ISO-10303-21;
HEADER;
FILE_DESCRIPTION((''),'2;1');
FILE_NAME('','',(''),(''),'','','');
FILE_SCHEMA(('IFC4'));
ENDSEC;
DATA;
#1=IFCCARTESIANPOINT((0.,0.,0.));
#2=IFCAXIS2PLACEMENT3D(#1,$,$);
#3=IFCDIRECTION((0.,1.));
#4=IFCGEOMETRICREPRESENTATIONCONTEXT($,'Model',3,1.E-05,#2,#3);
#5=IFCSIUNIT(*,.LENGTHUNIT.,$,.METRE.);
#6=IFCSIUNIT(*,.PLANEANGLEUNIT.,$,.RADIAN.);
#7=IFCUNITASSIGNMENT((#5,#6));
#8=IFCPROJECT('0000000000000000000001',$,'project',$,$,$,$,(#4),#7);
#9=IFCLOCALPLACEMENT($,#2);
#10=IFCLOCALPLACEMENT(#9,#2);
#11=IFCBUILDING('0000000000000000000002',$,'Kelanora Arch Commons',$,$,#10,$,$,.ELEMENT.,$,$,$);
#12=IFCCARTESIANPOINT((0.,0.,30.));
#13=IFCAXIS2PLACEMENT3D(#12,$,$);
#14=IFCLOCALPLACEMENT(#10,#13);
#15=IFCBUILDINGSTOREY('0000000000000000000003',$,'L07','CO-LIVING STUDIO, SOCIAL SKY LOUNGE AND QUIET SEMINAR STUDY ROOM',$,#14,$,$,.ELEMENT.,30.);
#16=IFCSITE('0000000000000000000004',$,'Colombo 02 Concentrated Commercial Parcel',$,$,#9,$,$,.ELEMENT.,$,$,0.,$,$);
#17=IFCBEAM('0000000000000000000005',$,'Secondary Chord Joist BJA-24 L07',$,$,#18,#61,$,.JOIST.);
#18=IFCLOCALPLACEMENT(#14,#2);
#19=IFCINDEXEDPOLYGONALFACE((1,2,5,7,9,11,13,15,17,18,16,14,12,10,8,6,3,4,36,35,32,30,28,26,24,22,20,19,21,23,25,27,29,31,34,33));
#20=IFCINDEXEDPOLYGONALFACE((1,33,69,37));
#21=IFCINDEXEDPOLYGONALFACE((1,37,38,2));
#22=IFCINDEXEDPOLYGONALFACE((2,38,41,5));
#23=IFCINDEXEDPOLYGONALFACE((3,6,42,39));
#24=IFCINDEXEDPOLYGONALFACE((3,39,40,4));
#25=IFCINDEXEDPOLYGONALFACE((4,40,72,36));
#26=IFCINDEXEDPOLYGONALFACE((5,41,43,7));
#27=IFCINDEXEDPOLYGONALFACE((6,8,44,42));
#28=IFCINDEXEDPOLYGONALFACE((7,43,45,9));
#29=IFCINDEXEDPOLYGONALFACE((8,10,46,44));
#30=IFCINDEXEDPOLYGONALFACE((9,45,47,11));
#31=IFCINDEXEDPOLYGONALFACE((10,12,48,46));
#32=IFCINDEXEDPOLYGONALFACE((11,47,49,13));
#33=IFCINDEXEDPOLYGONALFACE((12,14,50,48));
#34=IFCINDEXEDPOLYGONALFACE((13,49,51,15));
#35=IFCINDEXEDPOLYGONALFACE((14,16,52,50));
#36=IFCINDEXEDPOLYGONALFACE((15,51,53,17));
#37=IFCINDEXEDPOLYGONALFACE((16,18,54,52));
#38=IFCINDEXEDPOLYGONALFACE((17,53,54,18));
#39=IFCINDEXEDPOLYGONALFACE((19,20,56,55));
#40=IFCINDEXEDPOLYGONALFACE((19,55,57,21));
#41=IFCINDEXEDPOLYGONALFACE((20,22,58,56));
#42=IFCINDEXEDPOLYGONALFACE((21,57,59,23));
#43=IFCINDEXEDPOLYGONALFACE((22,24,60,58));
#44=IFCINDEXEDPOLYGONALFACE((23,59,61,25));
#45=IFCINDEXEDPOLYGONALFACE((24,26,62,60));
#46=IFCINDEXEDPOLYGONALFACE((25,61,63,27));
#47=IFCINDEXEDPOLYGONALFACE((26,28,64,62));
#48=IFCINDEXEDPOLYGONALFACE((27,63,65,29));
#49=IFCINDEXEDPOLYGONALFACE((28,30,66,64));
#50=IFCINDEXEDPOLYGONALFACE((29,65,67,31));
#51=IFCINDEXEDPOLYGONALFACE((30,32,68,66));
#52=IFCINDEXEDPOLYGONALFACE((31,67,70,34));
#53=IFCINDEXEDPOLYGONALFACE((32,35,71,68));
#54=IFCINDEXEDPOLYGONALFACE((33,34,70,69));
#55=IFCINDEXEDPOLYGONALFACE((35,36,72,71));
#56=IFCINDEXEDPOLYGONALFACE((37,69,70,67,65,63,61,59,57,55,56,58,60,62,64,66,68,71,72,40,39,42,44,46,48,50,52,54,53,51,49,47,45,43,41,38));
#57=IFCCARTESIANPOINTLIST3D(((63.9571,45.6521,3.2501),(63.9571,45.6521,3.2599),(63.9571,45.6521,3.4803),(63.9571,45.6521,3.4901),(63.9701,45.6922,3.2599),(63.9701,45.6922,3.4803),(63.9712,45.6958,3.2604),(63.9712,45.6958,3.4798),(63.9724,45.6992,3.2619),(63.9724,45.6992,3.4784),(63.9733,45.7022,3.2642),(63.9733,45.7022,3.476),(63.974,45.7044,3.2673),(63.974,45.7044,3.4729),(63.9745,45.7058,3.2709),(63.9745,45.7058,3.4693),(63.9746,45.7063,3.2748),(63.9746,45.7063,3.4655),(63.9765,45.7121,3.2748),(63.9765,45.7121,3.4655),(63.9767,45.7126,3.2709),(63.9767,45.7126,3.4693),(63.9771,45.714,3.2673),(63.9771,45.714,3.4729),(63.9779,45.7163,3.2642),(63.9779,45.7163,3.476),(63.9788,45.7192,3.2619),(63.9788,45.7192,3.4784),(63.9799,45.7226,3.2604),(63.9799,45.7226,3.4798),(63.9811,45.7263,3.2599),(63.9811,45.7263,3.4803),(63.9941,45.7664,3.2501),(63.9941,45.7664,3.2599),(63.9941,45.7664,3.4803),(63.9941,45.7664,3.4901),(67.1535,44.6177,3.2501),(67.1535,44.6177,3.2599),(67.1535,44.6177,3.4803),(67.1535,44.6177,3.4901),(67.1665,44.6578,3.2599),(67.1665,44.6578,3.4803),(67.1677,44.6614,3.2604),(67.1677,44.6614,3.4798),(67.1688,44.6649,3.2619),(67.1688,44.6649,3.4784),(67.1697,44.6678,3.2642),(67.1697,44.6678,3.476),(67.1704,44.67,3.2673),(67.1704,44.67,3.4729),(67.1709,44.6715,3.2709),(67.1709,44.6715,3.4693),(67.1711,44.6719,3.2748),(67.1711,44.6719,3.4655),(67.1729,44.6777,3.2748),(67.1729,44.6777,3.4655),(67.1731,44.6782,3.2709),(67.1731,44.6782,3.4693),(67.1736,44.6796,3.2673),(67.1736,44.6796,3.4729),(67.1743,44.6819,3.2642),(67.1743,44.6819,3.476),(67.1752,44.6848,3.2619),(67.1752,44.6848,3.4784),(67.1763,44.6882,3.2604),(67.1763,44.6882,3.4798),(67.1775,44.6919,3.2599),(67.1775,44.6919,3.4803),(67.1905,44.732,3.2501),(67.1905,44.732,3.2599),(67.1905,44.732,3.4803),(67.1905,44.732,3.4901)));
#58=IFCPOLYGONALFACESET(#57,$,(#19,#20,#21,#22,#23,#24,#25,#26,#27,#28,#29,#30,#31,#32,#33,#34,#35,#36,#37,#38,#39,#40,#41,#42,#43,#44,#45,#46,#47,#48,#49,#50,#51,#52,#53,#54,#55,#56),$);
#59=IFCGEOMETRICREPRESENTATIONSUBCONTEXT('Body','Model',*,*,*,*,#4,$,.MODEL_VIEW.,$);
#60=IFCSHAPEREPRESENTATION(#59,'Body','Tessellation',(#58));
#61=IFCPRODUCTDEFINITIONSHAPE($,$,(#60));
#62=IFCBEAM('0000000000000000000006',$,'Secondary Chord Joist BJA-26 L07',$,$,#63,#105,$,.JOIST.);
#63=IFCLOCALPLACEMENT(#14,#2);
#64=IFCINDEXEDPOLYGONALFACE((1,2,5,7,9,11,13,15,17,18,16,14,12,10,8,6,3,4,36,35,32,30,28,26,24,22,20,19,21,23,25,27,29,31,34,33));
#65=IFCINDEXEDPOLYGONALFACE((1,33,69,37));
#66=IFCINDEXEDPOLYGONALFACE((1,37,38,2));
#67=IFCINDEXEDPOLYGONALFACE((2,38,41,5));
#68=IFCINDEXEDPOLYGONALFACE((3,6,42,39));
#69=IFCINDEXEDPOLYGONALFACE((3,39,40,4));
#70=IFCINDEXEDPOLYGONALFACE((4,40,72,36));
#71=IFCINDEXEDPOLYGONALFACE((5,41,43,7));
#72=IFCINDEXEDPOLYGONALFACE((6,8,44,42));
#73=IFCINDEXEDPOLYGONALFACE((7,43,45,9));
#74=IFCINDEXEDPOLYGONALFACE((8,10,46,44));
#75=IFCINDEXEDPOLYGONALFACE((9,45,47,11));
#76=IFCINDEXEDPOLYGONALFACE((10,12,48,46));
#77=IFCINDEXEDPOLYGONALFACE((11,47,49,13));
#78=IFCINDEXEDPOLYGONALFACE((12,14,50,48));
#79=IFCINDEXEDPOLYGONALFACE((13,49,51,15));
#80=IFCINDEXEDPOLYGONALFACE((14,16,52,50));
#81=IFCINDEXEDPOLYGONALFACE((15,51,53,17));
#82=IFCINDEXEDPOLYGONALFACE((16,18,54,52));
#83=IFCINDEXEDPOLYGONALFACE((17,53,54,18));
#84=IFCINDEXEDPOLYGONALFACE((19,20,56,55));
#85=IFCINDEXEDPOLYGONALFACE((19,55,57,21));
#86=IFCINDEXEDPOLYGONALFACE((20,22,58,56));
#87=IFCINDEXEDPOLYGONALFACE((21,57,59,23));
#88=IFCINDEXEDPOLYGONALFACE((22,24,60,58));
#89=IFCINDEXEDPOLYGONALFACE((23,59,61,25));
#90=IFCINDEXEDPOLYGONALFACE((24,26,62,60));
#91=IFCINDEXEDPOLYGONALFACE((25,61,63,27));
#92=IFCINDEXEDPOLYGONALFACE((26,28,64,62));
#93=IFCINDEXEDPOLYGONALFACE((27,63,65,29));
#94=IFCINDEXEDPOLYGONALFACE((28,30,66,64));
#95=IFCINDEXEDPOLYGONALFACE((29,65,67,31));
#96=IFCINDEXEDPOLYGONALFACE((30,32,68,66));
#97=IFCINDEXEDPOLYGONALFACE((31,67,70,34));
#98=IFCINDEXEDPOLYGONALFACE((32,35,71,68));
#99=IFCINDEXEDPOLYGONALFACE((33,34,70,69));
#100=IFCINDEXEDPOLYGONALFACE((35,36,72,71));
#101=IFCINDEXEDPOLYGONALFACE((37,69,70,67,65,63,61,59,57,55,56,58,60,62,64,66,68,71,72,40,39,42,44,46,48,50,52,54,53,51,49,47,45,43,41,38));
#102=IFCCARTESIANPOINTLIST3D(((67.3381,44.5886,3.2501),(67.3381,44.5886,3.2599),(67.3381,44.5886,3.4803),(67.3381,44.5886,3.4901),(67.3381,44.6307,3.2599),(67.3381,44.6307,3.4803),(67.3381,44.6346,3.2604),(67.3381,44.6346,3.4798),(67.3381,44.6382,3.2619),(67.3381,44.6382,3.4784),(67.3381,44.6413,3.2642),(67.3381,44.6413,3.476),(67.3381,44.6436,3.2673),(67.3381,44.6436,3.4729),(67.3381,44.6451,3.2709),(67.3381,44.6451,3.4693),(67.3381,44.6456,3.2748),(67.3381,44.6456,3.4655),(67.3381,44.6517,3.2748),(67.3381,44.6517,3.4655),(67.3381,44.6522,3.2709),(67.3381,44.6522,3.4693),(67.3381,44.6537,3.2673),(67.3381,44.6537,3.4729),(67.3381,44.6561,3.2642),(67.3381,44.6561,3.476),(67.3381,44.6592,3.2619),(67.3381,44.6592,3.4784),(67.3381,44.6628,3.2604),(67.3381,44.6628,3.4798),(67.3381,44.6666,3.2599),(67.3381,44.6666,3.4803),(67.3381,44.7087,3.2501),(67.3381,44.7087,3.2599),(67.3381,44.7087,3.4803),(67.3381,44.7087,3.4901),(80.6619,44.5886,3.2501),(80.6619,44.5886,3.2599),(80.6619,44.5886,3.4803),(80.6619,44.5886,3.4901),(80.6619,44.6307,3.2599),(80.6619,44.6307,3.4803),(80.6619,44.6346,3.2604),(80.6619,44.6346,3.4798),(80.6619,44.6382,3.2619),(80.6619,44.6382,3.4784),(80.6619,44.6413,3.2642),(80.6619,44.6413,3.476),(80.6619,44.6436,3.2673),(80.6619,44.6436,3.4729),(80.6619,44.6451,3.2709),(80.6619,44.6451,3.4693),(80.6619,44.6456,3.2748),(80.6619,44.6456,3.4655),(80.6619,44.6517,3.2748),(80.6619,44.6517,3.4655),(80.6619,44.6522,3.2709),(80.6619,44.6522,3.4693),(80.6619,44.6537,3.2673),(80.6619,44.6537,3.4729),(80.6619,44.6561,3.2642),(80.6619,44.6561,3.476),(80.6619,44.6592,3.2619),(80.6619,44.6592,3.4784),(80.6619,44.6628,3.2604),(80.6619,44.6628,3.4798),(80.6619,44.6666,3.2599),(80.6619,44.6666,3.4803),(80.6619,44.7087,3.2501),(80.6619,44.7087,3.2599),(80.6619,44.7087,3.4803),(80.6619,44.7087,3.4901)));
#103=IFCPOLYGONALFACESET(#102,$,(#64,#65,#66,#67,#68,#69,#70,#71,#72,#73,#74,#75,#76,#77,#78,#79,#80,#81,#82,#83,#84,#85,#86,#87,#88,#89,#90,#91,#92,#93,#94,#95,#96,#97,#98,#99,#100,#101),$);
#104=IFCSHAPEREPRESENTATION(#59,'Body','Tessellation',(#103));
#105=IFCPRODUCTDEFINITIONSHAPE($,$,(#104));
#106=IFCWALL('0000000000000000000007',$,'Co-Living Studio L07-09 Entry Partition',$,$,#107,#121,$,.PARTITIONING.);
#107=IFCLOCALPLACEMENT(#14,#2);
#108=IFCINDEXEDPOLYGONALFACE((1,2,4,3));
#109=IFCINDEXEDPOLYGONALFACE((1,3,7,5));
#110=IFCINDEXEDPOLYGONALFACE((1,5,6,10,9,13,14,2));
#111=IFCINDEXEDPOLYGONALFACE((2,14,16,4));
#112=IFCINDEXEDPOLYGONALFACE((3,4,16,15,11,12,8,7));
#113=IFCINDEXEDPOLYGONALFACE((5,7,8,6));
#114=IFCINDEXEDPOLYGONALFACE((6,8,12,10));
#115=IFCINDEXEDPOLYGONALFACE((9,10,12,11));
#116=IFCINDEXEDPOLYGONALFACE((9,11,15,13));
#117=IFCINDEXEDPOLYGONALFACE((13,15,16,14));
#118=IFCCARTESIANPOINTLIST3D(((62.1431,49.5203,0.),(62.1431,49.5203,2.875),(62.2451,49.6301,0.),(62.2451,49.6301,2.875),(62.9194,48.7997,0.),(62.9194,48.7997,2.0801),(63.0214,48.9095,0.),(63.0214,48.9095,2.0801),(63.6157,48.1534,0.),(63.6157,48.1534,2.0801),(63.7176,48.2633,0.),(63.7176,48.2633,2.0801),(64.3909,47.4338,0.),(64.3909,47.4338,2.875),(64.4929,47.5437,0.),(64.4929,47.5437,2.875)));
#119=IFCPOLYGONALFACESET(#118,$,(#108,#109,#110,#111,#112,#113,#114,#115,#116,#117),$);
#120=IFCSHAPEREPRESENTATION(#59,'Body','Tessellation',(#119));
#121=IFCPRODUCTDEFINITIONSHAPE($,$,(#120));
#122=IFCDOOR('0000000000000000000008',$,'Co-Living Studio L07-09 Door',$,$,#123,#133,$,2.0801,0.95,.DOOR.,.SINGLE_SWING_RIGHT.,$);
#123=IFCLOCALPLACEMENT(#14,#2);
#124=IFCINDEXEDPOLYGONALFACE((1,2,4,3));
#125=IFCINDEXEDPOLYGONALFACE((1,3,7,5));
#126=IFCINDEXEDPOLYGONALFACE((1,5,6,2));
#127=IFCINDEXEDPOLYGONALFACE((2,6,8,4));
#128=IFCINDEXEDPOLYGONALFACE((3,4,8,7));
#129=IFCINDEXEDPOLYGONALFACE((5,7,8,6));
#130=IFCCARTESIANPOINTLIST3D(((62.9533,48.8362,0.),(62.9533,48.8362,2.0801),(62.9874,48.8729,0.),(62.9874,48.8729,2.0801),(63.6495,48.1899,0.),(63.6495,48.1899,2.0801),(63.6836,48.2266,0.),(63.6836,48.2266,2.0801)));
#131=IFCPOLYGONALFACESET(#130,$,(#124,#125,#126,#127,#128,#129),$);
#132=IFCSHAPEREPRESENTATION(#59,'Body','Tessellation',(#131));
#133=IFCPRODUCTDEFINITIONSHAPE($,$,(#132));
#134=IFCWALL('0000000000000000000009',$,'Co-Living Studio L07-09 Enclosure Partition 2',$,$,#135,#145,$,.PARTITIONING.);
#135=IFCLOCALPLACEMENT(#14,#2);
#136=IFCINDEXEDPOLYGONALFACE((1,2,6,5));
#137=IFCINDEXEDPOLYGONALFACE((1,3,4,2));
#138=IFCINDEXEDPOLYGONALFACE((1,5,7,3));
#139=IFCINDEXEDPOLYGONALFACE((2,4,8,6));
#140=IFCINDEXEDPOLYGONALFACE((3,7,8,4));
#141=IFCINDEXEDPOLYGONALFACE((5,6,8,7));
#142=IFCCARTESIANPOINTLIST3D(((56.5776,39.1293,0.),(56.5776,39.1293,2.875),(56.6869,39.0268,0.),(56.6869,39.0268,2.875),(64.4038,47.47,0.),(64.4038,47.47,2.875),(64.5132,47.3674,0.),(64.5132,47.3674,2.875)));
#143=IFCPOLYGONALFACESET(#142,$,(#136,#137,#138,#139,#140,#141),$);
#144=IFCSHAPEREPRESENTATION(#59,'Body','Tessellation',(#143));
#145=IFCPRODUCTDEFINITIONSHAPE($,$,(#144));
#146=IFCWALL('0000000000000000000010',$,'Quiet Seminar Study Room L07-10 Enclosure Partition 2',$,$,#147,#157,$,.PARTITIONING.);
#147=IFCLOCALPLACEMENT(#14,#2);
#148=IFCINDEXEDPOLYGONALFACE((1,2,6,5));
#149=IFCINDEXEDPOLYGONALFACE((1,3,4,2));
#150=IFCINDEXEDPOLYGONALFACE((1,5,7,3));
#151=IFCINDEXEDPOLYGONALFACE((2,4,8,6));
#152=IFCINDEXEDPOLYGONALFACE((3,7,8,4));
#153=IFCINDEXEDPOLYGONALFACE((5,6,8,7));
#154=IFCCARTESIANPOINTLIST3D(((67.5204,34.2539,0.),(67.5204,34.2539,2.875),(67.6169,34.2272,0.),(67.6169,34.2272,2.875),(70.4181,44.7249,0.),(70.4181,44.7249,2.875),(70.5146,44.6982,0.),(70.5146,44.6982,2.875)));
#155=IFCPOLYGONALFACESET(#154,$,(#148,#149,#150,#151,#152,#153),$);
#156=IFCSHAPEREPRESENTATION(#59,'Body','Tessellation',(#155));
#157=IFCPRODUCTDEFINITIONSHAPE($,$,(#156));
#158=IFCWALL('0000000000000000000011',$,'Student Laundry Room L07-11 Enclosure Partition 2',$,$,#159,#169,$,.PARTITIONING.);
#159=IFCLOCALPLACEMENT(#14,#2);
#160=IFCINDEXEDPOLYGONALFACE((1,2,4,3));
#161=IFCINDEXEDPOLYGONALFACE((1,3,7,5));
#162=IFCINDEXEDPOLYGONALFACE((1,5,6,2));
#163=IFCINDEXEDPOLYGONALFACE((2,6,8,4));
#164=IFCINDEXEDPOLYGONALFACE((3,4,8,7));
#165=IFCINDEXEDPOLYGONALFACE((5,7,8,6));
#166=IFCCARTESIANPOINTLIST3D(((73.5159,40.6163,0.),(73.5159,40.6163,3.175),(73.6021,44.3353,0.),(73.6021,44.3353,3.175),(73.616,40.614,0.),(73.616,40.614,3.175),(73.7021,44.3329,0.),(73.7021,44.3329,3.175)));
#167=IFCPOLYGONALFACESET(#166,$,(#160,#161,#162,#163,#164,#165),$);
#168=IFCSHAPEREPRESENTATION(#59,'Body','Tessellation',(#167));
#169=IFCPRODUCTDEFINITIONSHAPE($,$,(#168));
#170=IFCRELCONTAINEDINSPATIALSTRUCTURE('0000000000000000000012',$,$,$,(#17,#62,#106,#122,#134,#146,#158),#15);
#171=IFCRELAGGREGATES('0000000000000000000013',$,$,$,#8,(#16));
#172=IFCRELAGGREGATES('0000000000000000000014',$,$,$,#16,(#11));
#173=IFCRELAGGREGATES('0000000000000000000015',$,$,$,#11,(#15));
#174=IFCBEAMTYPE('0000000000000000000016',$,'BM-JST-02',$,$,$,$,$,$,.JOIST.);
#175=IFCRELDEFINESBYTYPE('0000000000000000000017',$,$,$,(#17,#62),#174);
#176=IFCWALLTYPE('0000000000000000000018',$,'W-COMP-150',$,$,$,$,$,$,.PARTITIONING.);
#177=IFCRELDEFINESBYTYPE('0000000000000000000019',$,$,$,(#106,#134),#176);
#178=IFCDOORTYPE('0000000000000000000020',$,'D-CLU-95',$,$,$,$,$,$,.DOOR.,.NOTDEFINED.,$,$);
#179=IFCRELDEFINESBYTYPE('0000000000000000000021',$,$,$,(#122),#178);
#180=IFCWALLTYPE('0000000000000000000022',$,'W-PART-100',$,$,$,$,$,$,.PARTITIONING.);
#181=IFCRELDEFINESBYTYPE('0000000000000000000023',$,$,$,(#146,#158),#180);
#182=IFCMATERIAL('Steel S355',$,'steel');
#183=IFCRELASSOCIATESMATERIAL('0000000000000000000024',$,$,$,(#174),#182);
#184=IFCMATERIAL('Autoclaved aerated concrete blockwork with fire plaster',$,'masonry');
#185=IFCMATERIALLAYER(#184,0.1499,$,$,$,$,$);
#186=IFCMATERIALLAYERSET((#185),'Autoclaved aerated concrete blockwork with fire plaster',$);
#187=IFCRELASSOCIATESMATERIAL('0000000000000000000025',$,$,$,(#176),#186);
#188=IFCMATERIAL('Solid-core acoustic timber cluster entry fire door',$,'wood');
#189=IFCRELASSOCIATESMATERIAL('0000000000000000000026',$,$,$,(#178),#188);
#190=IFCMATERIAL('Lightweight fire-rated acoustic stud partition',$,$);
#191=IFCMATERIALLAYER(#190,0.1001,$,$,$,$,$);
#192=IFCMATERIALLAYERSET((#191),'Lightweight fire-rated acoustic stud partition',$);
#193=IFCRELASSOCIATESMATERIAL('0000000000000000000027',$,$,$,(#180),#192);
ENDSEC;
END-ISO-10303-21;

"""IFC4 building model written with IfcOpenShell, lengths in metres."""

from ifc_helpers import new_model, si_unit, direction, frame, frame_2d, origin, origin_2d, place, context, subcontext, project, spatial, rectangle, i_section, extrude, material, layer, layer_set, material_profile, profile_set, type_object, element, fill, save


model = new_model("IFC4")

# Units and contexts
model_context = context("Model", 3, precision=1e-05, world=origin(), true_north=direction((0.0, 1.0)))
body_context = subcontext(model_context, "Body", "Model", "MODEL_VIEW")
ifc_project = project(units=[si_unit("LENGTHUNIT", "METRE"), si_unit("PLANEANGLEUNIT", "RADIAN")], contexts=[model_context])

# Site, building, storey
site_placement = place(None, origin())
site = spatial("IfcSite", under=ifc_project, at=site_placement, Name="Colombo 02 Concentrated Commercial Parcel", CompositionType="ELEMENT", RefElevation=0.0)
building_placement = place(site_placement, origin())
building = spatial("IfcBuilding", under=site, at=building_placement, Name="Kelanora Arch Commons", CompositionType="ELEMENT")
storey_placement = place(building_placement, frame((0.0, 0.0, 30.0)))
storey = spatial("IfcBuildingStorey", under=building, at=storey_placement, Name="L07", Description="CO-LIVING STUDIO, SOCIAL SKY LOUNGE AND QUIET SEMINAR STUDY ROOM", CompositionType="ELEMENT", Elevation=30.0)

# Beams
ifc_material_1 = material(Name="Steel S355", Category="steel")
ifc_material_profile_1 = material_profile(ifc_material_1, i_section(OverallWidth=0.1201, OverallDepth=0.24, WebThickness=0.0061, FlangeThickness=0.0098, FilletRadius=0.0149, at=origin_2d()), Name="IPE240")
ifc_profile_set_1 = profile_set([ifc_material_profile_1], Name="Steel S355")
beam_type_1 = type_object("IfcBeamType", Name="BM-JST-02", PredefinedType="JOIST", material=ifc_profile_set_1)
beam_1_placement = place(storey_placement, frame((63.9756, 45.7092, 3.3701), z_axis=(0.951423, -0.307888, 0.0), x_axis=(0.307888, 0.951423, 0.0)))
element("IfcBeam", 1, at=beam_1_placement, inside=storey, type_object=beam_type_1, Name="Secondary Chord Joist BJA-24 L07", PredefinedType="JOIST", context=body_context, shape_type="SweptSolid", body=[
    extrude(i_section(OverallWidth=0.1201, OverallDepth=0.24, WebThickness=0.0061, FlangeThickness=0.0098, FilletRadius=0.0149, at=origin_2d()), origin(), (0.0, 0.0, 1.0), 3.3596),
])
beam_2_placement = place(storey_placement, frame((67.3381, 44.6487, 3.3701), z_axis=(1.0, 0.0, 0.0), x_axis=(0.0, 1.0, 0.0)))
element("IfcBeam", 2, at=beam_2_placement, inside=storey, type_object=beam_type_1, Name="Secondary Chord Joist BJA-26 L07", PredefinedType="JOIST", context=body_context, shape_type="SweptSolid", body=[
    extrude(i_section(OverallWidth=0.1201, OverallDepth=0.24, WebThickness=0.0061, FlangeThickness=0.0098, FilletRadius=0.0149, at=origin_2d()), origin(), (0.0, 0.0, 1.0), 13.3237),
])

# Wall, opening, door
ifc_material_2 = material(Name="Autoclaved aerated concrete blockwork with fire plaster", Category="masonry")
ifc_layer_1 = layer(ifc_material_2, 0.1499)
ifc_layer_set_1 = layer_set([ifc_layer_1], Name="Autoclaved aerated concrete blockwork with fire plaster")
wall_type_1 = type_object("IfcWallType", Name="W-COMP-150", PredefinedType="PARTITIONING", material=ifc_layer_set_1)
wall_1_placement = place(storey_placement, frame((62.1941, 49.5752, 0.0), z_axis=(0.0, 0.0, 1.0), x_axis=(0.732927, -0.680308, 0.0)))
wall_1 = element("IfcWall", 3, at=wall_1_placement, inside=storey, type_object=wall_type_1, Name="Co-Living Studio L07-09 Entry Partition", PredefinedType="PARTITIONING", context=body_context, shape_type="SweptSolid", body=[
    extrude(rectangle(XDim=3.0669, YDim=0.1499, at=frame_2d((1.5334, 0.0))), origin(), (0.0, 0.0, 1.0), 2.875),
])
opening_1_placement = place(wall_1_placement, frame((1.0591, 0.0, 0.0)))
opening_1 = element("IfcOpeningElement", 4, at=opening_1_placement, cuts=wall_1, PredefinedType="OPENING", context=body_context, shape_type="SweptSolid", body=[
    extrude(rectangle(XDim=0.95, YDim=2.0801, at=frame_2d((0.4751, 1.04))), frame((0.0, 0.085, 0.0), z_axis=(0.0, -1.0, 0.0), x_axis=(1.0, 0.0, 0.0)), (0.0, 0.0, 1.0), 0.1699),
])
ifc_material_3 = material(Name="Solid-core acoustic timber cluster entry fire door", Category="wood")
door_type_1 = type_object("IfcDoorType", Name="D-CLU-95", OperationType="NOTDEFINED", PredefinedType="DOOR", material=ifc_material_3)
door_1_placement = place(opening_1_placement, origin())
door_1 = element("IfcDoor", 5, at=door_1_placement, inside=storey, type_object=door_type_1, Name="Co-Living Studio L07-09 Door", OperationType="SINGLE_SWING_RIGHT", OverallHeight=2.0801, OverallWidth=0.95, PredefinedType="DOOR", context=body_context, shape_type="SweptSolid", body=[
    extrude(rectangle(XDim=0.95, YDim=2.0801, at=frame_2d((0.4751, 1.04))), frame((0.0, 0.0249, 0.0), z_axis=(0.0, -1.0, 0.0), x_axis=(1.0, 0.0, 0.0)), (0.0, 0.0, 1.0), 0.05),
])
fill(opening_1, door_1)

# Walls
wall_2_placement = place(storey_placement, frame((64.4585, 47.4187, 0.0), z_axis=(0.0, 0.0, 1.0), x_axis=(-0.684261, -0.729237, 0.0)))
element("IfcWall", 6, at=wall_2_placement, inside=storey, type_object=wall_type_1, Name="Co-Living Studio L07-09 Enclosure Partition 2", PredefinedType="PARTITIONING", context=body_context, shape_type="SweptSolid", body=[
    extrude(rectangle(XDim=11.4375, YDim=0.1499, at=frame_2d((5.7188, 0.0))), origin(), (0.0, 0.0, 1.0), 2.875),
])
ifc_material_4 = material(Name="Lightweight fire-rated acoustic stud partition")
ifc_layer_2 = layer(ifc_material_4, 0.1001)
ifc_layer_set_2 = layer_set([ifc_layer_2], Name="Lightweight fire-rated acoustic stud partition")
wall_type_2 = type_object("IfcWallType", Name="W-PART-100", PredefinedType="PARTITIONING", material=ifc_layer_set_2)
wall_3_placement = place(storey_placement, frame((70.4663, 44.7114, 0.0), z_axis=(0.0, 0.0, 1.0), x_axis=(-0.266713, -0.963776, 0.0)))
element("IfcWall", 7, at=wall_3_placement, inside=storey, type_object=wall_type_2, Name="Quiet Seminar Study Room L07-10 Enclosure Partition 2", PredefinedType="PARTITIONING", context=body_context, shape_type="SweptSolid", body=[
    extrude(rectangle(XDim=10.8645, YDim=0.1001, at=frame_2d((5.4321, 0.0))), origin(), (0.0, 0.0, 1.0), 2.875),
])
wall_4_placement = place(storey_placement, frame((73.6521, 44.334, 0.0), z_axis=(0.0, 0.0, 1.0), x_axis=(-0.023167, -0.999732, 0.0)))
element("IfcWall", 8, at=wall_4_placement, inside=storey, type_object=wall_type_2, Name="Student Laundry Room L07-11 Enclosure Partition 2", PredefinedType="PARTITIONING", context=body_context, shape_type="SweptSolid", body=[
    extrude(rectangle(XDim=3.72, YDim=0.1001, at=frame_2d((1.8599, 0.0))), origin(), (0.0, 0.0, 1.0), 3.175),
])

save(model, "model.ifc")
